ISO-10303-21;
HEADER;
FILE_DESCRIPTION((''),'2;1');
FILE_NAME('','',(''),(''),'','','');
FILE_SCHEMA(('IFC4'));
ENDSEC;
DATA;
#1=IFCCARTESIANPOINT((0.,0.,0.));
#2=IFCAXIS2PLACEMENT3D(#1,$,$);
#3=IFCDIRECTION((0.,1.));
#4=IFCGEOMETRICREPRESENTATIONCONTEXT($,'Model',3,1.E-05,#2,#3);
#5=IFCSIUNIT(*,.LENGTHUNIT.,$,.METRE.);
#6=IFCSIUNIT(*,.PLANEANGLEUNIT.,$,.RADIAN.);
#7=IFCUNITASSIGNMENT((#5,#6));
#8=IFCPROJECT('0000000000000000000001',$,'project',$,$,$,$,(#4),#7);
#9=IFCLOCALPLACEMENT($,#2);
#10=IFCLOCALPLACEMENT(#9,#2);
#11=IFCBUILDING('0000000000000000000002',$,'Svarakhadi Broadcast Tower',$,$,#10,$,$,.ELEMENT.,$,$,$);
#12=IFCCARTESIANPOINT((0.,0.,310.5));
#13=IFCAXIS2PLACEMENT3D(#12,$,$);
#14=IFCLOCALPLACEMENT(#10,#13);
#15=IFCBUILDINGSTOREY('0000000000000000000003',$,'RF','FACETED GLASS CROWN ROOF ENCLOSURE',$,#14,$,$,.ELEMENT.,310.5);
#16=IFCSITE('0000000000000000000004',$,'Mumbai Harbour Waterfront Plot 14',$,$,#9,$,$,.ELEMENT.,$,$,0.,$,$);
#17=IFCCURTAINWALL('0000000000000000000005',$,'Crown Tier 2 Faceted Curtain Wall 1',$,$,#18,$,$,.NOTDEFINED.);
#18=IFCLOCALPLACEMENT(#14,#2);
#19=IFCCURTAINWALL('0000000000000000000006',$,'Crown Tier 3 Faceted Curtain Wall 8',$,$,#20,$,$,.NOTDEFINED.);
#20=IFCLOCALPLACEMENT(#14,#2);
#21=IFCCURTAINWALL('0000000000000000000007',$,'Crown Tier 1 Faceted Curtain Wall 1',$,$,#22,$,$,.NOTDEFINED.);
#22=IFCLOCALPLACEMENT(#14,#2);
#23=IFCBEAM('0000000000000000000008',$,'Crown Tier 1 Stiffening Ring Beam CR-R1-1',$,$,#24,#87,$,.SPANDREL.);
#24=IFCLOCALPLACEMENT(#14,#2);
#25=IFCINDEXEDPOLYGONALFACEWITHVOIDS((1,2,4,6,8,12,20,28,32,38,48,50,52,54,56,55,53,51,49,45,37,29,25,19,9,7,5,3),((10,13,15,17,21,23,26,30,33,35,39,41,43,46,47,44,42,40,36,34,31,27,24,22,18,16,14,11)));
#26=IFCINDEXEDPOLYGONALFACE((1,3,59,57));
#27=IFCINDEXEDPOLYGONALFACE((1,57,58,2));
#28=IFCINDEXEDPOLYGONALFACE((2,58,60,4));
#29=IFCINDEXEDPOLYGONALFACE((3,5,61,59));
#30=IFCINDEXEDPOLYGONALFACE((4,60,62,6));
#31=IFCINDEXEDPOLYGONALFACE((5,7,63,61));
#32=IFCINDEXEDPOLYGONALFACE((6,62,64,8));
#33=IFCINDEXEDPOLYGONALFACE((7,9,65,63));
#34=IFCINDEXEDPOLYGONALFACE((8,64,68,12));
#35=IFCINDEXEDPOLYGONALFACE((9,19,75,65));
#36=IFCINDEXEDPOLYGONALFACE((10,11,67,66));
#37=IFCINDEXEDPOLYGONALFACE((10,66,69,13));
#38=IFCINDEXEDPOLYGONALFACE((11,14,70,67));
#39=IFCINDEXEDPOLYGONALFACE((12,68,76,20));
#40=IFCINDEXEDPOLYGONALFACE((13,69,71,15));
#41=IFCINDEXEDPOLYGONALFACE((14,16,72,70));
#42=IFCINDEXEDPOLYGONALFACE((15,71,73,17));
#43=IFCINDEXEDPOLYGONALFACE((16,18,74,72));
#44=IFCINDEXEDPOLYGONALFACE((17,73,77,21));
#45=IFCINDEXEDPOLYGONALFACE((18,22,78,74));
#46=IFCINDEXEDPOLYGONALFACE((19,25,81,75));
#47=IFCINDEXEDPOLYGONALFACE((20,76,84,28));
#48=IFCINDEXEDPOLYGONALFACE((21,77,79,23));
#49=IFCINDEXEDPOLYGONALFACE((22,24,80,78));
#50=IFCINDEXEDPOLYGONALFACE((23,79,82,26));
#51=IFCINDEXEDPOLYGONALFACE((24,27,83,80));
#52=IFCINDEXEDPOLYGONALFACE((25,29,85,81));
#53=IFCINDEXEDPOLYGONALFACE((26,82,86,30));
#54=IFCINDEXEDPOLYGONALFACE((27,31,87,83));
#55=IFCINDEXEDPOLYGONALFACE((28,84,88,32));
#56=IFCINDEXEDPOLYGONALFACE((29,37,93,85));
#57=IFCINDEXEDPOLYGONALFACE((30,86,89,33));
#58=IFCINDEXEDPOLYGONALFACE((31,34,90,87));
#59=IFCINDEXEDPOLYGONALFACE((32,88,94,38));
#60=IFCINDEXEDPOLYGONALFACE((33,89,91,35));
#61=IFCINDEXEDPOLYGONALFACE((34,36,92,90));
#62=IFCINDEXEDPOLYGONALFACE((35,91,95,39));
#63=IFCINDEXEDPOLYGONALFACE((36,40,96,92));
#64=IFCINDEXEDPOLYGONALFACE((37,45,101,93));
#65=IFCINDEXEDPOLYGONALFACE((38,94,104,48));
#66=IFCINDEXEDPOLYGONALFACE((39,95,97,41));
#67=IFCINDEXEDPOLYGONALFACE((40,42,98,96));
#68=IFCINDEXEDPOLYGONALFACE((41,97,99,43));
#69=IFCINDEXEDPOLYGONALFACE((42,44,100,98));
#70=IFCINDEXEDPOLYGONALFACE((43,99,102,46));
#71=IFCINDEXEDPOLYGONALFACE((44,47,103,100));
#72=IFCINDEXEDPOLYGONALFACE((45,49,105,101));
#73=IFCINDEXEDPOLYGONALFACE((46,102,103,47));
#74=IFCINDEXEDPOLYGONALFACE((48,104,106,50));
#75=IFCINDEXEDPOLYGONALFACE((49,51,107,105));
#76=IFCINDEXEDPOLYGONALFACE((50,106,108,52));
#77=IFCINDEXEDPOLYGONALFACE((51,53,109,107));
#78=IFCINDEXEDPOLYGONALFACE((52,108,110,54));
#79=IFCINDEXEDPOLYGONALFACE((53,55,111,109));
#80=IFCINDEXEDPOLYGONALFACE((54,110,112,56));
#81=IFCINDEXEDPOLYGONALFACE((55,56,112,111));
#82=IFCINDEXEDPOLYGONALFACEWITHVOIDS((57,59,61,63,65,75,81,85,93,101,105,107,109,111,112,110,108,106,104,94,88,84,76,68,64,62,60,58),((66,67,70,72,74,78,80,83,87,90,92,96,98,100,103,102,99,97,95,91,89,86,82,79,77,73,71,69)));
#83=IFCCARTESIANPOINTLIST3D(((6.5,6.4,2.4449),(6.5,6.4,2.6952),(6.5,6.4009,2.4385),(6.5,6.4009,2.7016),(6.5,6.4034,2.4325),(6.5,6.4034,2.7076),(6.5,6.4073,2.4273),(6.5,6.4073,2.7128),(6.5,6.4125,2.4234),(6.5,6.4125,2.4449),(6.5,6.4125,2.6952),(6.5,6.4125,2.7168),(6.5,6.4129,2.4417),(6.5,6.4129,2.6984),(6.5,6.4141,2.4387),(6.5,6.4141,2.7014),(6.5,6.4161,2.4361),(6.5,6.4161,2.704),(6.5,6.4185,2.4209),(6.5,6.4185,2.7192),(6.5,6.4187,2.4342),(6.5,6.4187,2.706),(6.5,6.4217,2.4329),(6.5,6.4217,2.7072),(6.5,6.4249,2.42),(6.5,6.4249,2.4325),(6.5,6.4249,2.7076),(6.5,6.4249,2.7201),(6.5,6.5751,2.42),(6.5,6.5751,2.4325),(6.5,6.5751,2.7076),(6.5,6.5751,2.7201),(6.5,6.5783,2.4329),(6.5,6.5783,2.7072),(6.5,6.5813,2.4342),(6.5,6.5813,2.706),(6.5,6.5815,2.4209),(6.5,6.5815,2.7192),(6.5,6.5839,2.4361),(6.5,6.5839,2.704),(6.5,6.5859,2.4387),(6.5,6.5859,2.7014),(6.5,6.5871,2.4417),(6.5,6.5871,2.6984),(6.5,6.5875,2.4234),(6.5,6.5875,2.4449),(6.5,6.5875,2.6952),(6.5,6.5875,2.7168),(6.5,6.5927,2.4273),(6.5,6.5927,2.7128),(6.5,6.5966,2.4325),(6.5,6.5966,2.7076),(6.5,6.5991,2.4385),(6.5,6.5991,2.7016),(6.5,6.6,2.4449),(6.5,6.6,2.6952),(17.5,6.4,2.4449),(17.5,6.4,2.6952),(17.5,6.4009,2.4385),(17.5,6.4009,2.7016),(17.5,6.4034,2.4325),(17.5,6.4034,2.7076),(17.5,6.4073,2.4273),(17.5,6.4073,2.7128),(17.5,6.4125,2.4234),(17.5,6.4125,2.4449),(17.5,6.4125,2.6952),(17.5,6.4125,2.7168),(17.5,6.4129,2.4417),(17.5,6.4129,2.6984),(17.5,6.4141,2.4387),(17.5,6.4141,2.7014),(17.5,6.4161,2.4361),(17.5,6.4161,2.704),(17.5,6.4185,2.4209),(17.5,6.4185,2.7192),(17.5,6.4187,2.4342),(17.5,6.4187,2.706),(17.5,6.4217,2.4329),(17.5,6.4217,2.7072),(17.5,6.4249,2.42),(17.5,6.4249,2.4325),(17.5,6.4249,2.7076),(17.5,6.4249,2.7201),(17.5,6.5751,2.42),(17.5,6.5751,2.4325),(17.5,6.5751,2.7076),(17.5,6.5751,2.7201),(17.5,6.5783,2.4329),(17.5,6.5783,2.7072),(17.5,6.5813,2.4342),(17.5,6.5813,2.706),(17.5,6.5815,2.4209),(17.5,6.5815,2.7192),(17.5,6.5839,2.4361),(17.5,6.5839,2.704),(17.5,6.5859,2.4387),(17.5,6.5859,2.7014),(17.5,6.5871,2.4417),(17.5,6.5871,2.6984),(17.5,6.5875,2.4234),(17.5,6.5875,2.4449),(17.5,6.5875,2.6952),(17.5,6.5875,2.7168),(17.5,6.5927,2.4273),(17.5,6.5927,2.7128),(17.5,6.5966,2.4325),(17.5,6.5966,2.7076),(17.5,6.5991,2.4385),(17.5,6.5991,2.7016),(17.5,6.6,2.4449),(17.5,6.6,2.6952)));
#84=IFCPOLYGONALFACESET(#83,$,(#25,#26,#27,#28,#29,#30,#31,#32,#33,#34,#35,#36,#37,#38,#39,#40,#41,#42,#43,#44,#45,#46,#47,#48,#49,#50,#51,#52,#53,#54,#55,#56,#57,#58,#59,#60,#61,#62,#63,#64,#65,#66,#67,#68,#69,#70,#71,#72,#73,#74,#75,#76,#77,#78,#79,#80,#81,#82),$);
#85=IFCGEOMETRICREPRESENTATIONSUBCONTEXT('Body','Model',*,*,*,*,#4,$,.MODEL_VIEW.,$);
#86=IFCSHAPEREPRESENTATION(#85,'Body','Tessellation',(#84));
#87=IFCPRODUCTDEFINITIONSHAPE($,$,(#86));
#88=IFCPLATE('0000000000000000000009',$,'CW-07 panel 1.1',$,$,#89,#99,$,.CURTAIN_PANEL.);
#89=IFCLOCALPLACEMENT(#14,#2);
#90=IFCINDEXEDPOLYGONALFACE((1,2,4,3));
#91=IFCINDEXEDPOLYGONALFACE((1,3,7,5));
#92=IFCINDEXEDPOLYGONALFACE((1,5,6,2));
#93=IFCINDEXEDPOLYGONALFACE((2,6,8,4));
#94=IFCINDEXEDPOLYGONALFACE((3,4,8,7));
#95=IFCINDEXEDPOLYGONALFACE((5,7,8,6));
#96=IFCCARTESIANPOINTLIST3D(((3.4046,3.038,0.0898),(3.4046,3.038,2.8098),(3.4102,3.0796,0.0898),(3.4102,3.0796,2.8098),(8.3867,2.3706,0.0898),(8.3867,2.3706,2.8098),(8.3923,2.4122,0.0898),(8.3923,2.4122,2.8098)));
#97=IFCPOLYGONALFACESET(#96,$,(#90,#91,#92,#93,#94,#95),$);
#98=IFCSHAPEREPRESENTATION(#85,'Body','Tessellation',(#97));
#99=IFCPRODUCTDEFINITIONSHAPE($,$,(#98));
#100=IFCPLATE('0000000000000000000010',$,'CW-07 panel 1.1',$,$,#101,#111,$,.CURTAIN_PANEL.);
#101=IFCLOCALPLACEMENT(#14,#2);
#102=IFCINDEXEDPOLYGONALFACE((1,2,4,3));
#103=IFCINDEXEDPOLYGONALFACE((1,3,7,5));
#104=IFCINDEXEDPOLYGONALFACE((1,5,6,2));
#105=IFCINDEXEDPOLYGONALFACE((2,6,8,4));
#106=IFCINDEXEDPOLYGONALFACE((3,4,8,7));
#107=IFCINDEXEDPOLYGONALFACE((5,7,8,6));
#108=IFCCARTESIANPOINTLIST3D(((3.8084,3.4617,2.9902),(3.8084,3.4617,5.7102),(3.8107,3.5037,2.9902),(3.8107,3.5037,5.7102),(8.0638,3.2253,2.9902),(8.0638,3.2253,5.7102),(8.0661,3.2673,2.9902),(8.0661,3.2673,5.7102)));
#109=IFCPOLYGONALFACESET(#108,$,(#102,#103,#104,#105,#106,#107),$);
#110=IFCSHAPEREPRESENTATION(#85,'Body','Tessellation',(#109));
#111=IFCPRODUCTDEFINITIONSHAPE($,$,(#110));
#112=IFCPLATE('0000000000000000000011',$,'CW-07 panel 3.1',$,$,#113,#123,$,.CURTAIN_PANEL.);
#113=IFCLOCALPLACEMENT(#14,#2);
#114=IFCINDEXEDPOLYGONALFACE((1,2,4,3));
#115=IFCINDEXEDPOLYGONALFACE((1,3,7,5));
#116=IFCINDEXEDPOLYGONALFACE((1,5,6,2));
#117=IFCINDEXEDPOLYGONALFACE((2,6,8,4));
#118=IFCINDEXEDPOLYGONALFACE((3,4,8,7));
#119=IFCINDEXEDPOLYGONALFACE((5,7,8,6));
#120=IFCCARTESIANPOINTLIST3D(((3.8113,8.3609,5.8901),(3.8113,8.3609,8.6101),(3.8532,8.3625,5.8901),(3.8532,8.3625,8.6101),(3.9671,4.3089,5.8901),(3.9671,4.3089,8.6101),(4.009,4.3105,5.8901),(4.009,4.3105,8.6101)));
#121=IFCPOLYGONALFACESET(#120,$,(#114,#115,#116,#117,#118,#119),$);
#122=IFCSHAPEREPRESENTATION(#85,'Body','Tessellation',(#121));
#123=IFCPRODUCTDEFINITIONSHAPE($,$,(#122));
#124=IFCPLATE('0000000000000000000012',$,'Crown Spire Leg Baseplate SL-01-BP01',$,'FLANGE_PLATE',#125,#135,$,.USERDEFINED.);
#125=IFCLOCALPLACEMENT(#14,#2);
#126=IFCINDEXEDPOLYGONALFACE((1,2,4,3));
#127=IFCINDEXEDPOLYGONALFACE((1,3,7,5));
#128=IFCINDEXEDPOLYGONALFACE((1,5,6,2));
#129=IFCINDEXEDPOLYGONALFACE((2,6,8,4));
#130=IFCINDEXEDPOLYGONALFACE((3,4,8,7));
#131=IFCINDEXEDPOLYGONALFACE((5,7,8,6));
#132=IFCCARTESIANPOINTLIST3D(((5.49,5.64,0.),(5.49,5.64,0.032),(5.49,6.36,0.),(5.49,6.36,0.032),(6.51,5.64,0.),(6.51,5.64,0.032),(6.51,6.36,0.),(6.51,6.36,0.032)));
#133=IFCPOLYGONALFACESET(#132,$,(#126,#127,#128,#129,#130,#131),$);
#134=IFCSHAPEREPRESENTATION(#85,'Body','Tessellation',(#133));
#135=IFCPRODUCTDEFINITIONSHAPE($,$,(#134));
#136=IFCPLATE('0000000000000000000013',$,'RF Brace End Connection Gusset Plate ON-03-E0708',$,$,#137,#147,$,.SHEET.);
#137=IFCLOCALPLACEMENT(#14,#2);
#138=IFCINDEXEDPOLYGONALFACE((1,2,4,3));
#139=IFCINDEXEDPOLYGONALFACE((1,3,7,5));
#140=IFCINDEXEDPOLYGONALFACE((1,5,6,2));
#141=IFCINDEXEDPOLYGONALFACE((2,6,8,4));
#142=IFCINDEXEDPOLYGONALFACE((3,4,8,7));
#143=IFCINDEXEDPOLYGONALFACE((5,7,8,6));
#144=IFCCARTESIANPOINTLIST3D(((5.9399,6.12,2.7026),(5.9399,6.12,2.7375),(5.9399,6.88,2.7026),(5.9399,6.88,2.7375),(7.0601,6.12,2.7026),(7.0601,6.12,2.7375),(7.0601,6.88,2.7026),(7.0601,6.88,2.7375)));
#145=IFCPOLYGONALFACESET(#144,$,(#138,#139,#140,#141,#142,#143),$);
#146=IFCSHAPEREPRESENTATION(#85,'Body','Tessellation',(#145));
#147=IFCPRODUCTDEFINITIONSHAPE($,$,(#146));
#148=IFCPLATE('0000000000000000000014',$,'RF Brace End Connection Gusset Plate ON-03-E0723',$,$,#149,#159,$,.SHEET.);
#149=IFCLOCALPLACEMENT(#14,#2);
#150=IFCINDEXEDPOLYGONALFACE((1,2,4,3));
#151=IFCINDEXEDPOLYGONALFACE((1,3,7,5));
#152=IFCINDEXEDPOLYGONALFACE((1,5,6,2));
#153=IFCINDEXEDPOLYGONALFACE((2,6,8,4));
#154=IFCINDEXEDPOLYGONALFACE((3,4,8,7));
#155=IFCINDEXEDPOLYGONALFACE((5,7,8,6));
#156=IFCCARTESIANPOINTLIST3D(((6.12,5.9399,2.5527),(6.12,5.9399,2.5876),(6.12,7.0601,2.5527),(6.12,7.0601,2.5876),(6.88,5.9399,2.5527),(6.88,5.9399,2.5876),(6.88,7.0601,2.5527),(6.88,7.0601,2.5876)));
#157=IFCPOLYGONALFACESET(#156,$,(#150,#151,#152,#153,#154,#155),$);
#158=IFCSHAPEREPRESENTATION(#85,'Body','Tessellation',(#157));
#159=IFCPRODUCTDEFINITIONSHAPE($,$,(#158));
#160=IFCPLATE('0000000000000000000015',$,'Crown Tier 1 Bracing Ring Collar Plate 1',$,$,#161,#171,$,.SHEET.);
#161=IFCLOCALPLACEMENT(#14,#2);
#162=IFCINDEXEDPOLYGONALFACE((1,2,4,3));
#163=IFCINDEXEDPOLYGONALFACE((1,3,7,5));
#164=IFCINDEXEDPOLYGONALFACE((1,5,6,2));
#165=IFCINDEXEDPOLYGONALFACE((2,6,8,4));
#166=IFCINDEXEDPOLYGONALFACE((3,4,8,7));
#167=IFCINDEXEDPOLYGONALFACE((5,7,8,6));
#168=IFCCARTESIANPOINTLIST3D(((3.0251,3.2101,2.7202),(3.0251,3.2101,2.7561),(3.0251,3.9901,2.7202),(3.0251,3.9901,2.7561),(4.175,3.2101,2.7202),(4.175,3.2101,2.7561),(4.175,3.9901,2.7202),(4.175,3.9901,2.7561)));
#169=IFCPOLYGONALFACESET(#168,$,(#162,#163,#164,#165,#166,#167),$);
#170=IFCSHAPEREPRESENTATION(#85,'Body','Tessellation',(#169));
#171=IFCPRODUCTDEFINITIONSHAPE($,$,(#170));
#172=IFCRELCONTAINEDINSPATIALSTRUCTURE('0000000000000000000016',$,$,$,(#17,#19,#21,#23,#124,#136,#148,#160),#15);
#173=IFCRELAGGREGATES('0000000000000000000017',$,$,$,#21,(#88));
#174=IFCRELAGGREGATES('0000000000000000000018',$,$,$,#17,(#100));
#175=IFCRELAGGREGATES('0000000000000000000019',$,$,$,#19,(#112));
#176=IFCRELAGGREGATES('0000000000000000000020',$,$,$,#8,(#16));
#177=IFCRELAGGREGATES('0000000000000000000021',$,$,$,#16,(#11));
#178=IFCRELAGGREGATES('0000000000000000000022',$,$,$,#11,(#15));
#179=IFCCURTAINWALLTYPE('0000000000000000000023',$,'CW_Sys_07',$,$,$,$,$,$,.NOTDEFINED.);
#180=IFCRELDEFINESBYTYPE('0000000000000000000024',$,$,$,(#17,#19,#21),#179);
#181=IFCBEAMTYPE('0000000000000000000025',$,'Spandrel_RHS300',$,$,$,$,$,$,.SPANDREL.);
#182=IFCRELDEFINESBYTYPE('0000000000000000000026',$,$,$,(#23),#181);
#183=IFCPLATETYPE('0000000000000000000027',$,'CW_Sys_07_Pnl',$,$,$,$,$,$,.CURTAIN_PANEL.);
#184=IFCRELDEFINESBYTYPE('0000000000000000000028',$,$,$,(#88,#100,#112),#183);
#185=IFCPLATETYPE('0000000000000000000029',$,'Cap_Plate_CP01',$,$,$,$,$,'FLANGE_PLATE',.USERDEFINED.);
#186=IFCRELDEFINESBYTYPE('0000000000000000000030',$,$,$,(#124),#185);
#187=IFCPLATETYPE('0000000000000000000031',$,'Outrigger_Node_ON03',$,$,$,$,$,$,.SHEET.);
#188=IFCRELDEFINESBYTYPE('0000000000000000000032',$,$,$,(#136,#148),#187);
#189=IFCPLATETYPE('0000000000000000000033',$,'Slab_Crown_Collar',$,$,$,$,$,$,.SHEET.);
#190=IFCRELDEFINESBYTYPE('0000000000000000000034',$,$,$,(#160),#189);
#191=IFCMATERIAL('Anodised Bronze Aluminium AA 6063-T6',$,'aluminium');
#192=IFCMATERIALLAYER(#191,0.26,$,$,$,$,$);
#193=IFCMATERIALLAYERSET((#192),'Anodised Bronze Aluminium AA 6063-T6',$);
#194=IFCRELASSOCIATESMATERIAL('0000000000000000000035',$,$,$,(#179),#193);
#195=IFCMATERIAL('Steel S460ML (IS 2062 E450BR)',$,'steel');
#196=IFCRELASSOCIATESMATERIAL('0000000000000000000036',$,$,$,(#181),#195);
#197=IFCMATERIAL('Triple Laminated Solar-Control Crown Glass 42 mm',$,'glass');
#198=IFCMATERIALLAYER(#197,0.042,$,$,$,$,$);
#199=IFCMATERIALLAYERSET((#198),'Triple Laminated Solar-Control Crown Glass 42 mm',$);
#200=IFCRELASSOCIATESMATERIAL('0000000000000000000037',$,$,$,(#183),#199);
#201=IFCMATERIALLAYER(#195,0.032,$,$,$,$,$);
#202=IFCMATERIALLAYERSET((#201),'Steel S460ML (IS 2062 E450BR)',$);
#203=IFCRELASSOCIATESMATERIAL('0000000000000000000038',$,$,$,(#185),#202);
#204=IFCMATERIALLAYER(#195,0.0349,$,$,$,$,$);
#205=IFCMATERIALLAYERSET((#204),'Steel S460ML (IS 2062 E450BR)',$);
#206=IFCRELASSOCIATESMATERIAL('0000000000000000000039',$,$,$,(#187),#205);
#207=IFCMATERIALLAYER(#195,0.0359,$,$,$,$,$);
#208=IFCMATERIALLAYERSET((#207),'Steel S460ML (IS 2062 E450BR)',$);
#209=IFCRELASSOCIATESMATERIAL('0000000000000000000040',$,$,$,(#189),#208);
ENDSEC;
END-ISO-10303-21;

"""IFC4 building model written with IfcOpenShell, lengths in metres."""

from ifc_helpers import new_model, si_unit, direction, frame, origin, origin_2d, place, context, subcontext, project, spatial, rectangle, hollow_rectangle, extrude, material, layer, layer_set, material_profile, profile_set, type_object, element, aggregate, save


model = new_model("IFC4")

# Units and contexts
model_context = context("Model", 3, precision=1e-05, world=origin(), true_north=direction((0.0, 1.0)))
body_context = subcontext(model_context, "Body", "Model", "MODEL_VIEW")
ifc_project = project(units=[si_unit("LENGTHUNIT", "METRE"), si_unit("PLANEANGLEUNIT", "RADIAN")], contexts=[model_context])

# Site, building, storey
site_placement = place(None, origin())
site = spatial("IfcSite", under=ifc_project, at=site_placement, Name="Mumbai Harbour Waterfront Plot 14", CompositionType="ELEMENT", RefElevation=0.0)
building_placement = place(site_placement, origin())
building = spatial("IfcBuilding", under=site, at=building_placement, Name="Svarakhadi Broadcast Tower", CompositionType="ELEMENT")
storey_placement = place(building_placement, frame((0.0, 0.0, 310.5)))
storey = spatial("IfcBuildingStorey", under=building, at=storey_placement, Name="RF", Description="FACETED GLASS CROWN ROOF ENCLOSURE", CompositionType="ELEMENT", Elevation=310.5)

# Shared definitions
ifc_material_1 = material(Name="Steel S460ML (IS 2062 E450BR)", Category="steel")

# Curtain wall
ifc_material_2 = material(Name="Anodised Bronze Aluminium AA 6063-T6", Category="aluminium")
ifc_layer_1 = layer(ifc_material_2, 0.26)
ifc_layer_set_1 = layer_set([ifc_layer_1], Name="Anodised Bronze Aluminium AA 6063-T6")
curtain_wall_type = type_object("IfcCurtainWallType", Name="CW_Sys_07", PredefinedType="NOTDEFINED", material=ifc_layer_set_1)
curtain_wall_1_placement = place(storey_placement, origin())
curtain_wall_1 = element("IfcCurtainWall", 1, at=curtain_wall_1_placement, inside=storey, type_object=curtain_wall_type, Name="Crown Tier 2 Faceted Curtain Wall 1", PredefinedType="NOTDEFINED")

# Curtain wall
curtain_wall_2_placement = place(storey_placement, origin())
curtain_wall_2 = element("IfcCurtainWall", 2, at=curtain_wall_2_placement, inside=storey, type_object=curtain_wall_type, Name="Crown Tier 3 Faceted Curtain Wall 8", PredefinedType="NOTDEFINED")

# Curtain wall
curtain_wall_3_placement = place(storey_placement, origin())
curtain_wall_3 = element("IfcCurtainWall", 3, at=curtain_wall_3_placement, inside=storey, type_object=curtain_wall_type, Name="Crown Tier 1 Faceted Curtain Wall 1", PredefinedType="NOTDEFINED")

# Beam
ifc_material_profile_1 = material_profile(ifc_material_1, hollow_rectangle(XDim=0.2, YDim=0.3, WallThickness=0.0125, InnerFilletRadius=0.0125, OuterFilletRadius=0.0249, at=origin_2d()), Name="RHS 300x200x12.5")
ifc_profile_set_1 = profile_set([ifc_material_profile_1], Name="Steel S460ML (IS 2062 E450BR)")
beam_type_1 = type_object("IfcBeamType", Name="Spandrel_RHS300", PredefinedType="SPANDREL", material=ifc_profile_set_1)
beam_1_placement = place(storey_placement, frame((6.5, 6.5, 2.5701), z_axis=(1.0, 0.0, 0.0), x_axis=(0.0, 1.0, 0.0)))
element("IfcBeam", 4, at=beam_1_placement, inside=storey, type_object=beam_type_1, Name="Crown Tier 1 Stiffening Ring Beam CR-R1-1", PredefinedType="SPANDREL", context=body_context, shape_type="SweptSolid", body=[
    extrude(hollow_rectangle(XDim=0.2, YDim=0.3, WallThickness=0.0125, InnerFilletRadius=0.0125, OuterFilletRadius=0.0249, at=origin_2d()), origin(), (0.0, 0.0, 1.0), 11.0),
])

# Plates
ifc_material_3 = material(Name="Triple Laminated Solar-Control Crown Glass 42 mm", Category="glass")
ifc_layer_2 = layer(ifc_material_3, 0.042)
ifc_layer_set_2 = layer_set([ifc_layer_2], Name="Triple Laminated Solar-Control Crown Glass 42 mm")
plate_type_1 = type_object("IfcPlateType", Name="CW_Sys_07_Pnl", PredefinedType="CURTAIN_PANEL", material=ifc_layer_set_2)
plate_1_placement = place(storey_placement, frame((5.8984, 2.7251, 0.0898), z_axis=(0.0, 0.0, 1.0), x_axis=(0.991145, -0.132787, 0.0)))
plate_1 = element("IfcPlate", 5, at=plate_1_placement, type_object=plate_type_1, Name="CW-07 panel 1.1", PredefinedType="CURTAIN_PANEL", context=body_context, shape_type="SweptSolid", body=[
    extrude(rectangle(XDim=5.0266, YDim=0.042, at=origin_2d()), origin(), (0.0, 0.0, 1.0), 2.72),
])
aggregate(curtain_wall_3, [plate_1])
plate_2_placement = place(storey_placement, frame((5.9373, 3.3645, 2.9902), z_axis=(0.0, 0.0, 1.0), x_axis=(0.99846, -0.055471, 0.0)))
plate_2 = element("IfcPlate", 6, at=plate_2_placement, type_object=plate_type_1, Name="CW-07 panel 1.1", PredefinedType="CURTAIN_PANEL", context=body_context, shape_type="SweptSolid", body=[
    extrude(rectangle(XDim=4.262, YDim=0.042, at=origin_2d()), origin(), (0.0, 0.0, 1.0), 2.72),
])
aggregate(curtain_wall_1, [plate_2])
plate_3_placement = place(storey_placement, frame((3.9102, 6.3357, 5.8901), z_axis=(0.0, 0.0, 1.0), x_axis=(0.038426, -0.999261, 0.0)))
plate_3 = element("IfcPlate", 7, at=plate_3_placement, type_object=plate_type_1, Name="CW-07 panel 3.1", PredefinedType="CURTAIN_PANEL", context=body_context, shape_type="SweptSolid", body=[
    extrude(rectangle(XDim=4.0549, YDim=0.042, at=origin_2d()), origin(), (0.0, 0.0, 1.0), 2.72),
])
aggregate(curtain_wall_2, [plate_3])

# Plates
ifc_layer_3 = layer(ifc_material_1, 0.032)
ifc_layer_set_3 = layer_set([ifc_layer_3], Name="Steel S460ML (IS 2062 E450BR)")
plate_type_2 = type_object("IfcPlateType", Name="Cap_Plate_CP01", ElementType="FLANGE_PLATE", PredefinedType="USERDEFINED", material=ifc_layer_set_3)
plate_4_placement = place(storey_placement, frame((6.0, 6.0, 0.0), z_axis=(0.0, 0.0, 1.0), x_axis=(1.0, 0.0, 0.0)))
element("IfcPlate", 8, at=plate_4_placement, inside=storey, type_object=plate_type_2, Name="Crown Spire Leg Baseplate SL-01-BP01", ObjectType="FLANGE_PLATE", PredefinedType="USERDEFINED", context=body_context, shape_type="SweptSolid", body=[
    extrude(rectangle(XDim=1.02, YDim=0.72, at=origin_2d()), origin(), (0.0, 0.0, 1.0), 0.032),
])
ifc_layer_4 = layer(ifc_material_1, 0.0349)
ifc_layer_set_4 = layer_set([ifc_layer_4], Name="Steel S460ML (IS 2062 E450BR)")
plate_type_3 = type_object("IfcPlateType", Name="Outrigger_Node_ON03", PredefinedType="SHEET", material=ifc_layer_set_4)
for number, where, z_axis, x_axis, name in (
    (9, (6.5, 6.5, 2.7026), (0.0, 0.0, 1.0), (1.0, 0.0, 0.0), "RF Brace End Connection Gusset Plate ON-03-E0708"),
    (10, (6.5, 6.5, 2.5527), (0.0, 0.0, 1.0), (0.0, 1.0, 0.0), "RF Brace End Connection Gusset Plate ON-03-E0723"),
):
    element("IfcPlate", number, at=place(storey_placement, frame(where, z_axis=z_axis, x_axis=x_axis)), inside=storey, type_object=plate_type_3, Name=name, PredefinedType="SHEET", context=body_context, shape_type="SweptSolid", body=[
        extrude(rectangle(XDim=1.1201, YDim=0.76, at=origin_2d()), origin(), (0.0, 0.0, 1.0), 0.0349),
    ])
ifc_layer_5 = layer(ifc_material_1, 0.0359)
ifc_layer_set_5 = layer_set([ifc_layer_5], Name="Steel S460ML (IS 2062 E450BR)")
plate_type_4 = type_object("IfcPlateType", Name="Slab_Crown_Collar", PredefinedType="SHEET", material=ifc_layer_set_5)
plate_5_placement = place(storey_placement, frame((3.6001, 3.6001, 2.7202), z_axis=(0.0, 0.0, 1.0), x_axis=(1.0, 0.0, 0.0)))
element("IfcPlate", 11, at=plate_5_placement, inside=storey, type_object=plate_type_4, Name="Crown Tier 1 Bracing Ring Collar Plate 1", PredefinedType="SHEET", context=body_context, shape_type="SweptSolid", body=[
    extrude(rectangle(XDim=1.1499, YDim=0.78, at=origin_2d()), origin(), (0.0, 0.0, 1.0), 0.0359),
])

save(model, "model.ifc")
